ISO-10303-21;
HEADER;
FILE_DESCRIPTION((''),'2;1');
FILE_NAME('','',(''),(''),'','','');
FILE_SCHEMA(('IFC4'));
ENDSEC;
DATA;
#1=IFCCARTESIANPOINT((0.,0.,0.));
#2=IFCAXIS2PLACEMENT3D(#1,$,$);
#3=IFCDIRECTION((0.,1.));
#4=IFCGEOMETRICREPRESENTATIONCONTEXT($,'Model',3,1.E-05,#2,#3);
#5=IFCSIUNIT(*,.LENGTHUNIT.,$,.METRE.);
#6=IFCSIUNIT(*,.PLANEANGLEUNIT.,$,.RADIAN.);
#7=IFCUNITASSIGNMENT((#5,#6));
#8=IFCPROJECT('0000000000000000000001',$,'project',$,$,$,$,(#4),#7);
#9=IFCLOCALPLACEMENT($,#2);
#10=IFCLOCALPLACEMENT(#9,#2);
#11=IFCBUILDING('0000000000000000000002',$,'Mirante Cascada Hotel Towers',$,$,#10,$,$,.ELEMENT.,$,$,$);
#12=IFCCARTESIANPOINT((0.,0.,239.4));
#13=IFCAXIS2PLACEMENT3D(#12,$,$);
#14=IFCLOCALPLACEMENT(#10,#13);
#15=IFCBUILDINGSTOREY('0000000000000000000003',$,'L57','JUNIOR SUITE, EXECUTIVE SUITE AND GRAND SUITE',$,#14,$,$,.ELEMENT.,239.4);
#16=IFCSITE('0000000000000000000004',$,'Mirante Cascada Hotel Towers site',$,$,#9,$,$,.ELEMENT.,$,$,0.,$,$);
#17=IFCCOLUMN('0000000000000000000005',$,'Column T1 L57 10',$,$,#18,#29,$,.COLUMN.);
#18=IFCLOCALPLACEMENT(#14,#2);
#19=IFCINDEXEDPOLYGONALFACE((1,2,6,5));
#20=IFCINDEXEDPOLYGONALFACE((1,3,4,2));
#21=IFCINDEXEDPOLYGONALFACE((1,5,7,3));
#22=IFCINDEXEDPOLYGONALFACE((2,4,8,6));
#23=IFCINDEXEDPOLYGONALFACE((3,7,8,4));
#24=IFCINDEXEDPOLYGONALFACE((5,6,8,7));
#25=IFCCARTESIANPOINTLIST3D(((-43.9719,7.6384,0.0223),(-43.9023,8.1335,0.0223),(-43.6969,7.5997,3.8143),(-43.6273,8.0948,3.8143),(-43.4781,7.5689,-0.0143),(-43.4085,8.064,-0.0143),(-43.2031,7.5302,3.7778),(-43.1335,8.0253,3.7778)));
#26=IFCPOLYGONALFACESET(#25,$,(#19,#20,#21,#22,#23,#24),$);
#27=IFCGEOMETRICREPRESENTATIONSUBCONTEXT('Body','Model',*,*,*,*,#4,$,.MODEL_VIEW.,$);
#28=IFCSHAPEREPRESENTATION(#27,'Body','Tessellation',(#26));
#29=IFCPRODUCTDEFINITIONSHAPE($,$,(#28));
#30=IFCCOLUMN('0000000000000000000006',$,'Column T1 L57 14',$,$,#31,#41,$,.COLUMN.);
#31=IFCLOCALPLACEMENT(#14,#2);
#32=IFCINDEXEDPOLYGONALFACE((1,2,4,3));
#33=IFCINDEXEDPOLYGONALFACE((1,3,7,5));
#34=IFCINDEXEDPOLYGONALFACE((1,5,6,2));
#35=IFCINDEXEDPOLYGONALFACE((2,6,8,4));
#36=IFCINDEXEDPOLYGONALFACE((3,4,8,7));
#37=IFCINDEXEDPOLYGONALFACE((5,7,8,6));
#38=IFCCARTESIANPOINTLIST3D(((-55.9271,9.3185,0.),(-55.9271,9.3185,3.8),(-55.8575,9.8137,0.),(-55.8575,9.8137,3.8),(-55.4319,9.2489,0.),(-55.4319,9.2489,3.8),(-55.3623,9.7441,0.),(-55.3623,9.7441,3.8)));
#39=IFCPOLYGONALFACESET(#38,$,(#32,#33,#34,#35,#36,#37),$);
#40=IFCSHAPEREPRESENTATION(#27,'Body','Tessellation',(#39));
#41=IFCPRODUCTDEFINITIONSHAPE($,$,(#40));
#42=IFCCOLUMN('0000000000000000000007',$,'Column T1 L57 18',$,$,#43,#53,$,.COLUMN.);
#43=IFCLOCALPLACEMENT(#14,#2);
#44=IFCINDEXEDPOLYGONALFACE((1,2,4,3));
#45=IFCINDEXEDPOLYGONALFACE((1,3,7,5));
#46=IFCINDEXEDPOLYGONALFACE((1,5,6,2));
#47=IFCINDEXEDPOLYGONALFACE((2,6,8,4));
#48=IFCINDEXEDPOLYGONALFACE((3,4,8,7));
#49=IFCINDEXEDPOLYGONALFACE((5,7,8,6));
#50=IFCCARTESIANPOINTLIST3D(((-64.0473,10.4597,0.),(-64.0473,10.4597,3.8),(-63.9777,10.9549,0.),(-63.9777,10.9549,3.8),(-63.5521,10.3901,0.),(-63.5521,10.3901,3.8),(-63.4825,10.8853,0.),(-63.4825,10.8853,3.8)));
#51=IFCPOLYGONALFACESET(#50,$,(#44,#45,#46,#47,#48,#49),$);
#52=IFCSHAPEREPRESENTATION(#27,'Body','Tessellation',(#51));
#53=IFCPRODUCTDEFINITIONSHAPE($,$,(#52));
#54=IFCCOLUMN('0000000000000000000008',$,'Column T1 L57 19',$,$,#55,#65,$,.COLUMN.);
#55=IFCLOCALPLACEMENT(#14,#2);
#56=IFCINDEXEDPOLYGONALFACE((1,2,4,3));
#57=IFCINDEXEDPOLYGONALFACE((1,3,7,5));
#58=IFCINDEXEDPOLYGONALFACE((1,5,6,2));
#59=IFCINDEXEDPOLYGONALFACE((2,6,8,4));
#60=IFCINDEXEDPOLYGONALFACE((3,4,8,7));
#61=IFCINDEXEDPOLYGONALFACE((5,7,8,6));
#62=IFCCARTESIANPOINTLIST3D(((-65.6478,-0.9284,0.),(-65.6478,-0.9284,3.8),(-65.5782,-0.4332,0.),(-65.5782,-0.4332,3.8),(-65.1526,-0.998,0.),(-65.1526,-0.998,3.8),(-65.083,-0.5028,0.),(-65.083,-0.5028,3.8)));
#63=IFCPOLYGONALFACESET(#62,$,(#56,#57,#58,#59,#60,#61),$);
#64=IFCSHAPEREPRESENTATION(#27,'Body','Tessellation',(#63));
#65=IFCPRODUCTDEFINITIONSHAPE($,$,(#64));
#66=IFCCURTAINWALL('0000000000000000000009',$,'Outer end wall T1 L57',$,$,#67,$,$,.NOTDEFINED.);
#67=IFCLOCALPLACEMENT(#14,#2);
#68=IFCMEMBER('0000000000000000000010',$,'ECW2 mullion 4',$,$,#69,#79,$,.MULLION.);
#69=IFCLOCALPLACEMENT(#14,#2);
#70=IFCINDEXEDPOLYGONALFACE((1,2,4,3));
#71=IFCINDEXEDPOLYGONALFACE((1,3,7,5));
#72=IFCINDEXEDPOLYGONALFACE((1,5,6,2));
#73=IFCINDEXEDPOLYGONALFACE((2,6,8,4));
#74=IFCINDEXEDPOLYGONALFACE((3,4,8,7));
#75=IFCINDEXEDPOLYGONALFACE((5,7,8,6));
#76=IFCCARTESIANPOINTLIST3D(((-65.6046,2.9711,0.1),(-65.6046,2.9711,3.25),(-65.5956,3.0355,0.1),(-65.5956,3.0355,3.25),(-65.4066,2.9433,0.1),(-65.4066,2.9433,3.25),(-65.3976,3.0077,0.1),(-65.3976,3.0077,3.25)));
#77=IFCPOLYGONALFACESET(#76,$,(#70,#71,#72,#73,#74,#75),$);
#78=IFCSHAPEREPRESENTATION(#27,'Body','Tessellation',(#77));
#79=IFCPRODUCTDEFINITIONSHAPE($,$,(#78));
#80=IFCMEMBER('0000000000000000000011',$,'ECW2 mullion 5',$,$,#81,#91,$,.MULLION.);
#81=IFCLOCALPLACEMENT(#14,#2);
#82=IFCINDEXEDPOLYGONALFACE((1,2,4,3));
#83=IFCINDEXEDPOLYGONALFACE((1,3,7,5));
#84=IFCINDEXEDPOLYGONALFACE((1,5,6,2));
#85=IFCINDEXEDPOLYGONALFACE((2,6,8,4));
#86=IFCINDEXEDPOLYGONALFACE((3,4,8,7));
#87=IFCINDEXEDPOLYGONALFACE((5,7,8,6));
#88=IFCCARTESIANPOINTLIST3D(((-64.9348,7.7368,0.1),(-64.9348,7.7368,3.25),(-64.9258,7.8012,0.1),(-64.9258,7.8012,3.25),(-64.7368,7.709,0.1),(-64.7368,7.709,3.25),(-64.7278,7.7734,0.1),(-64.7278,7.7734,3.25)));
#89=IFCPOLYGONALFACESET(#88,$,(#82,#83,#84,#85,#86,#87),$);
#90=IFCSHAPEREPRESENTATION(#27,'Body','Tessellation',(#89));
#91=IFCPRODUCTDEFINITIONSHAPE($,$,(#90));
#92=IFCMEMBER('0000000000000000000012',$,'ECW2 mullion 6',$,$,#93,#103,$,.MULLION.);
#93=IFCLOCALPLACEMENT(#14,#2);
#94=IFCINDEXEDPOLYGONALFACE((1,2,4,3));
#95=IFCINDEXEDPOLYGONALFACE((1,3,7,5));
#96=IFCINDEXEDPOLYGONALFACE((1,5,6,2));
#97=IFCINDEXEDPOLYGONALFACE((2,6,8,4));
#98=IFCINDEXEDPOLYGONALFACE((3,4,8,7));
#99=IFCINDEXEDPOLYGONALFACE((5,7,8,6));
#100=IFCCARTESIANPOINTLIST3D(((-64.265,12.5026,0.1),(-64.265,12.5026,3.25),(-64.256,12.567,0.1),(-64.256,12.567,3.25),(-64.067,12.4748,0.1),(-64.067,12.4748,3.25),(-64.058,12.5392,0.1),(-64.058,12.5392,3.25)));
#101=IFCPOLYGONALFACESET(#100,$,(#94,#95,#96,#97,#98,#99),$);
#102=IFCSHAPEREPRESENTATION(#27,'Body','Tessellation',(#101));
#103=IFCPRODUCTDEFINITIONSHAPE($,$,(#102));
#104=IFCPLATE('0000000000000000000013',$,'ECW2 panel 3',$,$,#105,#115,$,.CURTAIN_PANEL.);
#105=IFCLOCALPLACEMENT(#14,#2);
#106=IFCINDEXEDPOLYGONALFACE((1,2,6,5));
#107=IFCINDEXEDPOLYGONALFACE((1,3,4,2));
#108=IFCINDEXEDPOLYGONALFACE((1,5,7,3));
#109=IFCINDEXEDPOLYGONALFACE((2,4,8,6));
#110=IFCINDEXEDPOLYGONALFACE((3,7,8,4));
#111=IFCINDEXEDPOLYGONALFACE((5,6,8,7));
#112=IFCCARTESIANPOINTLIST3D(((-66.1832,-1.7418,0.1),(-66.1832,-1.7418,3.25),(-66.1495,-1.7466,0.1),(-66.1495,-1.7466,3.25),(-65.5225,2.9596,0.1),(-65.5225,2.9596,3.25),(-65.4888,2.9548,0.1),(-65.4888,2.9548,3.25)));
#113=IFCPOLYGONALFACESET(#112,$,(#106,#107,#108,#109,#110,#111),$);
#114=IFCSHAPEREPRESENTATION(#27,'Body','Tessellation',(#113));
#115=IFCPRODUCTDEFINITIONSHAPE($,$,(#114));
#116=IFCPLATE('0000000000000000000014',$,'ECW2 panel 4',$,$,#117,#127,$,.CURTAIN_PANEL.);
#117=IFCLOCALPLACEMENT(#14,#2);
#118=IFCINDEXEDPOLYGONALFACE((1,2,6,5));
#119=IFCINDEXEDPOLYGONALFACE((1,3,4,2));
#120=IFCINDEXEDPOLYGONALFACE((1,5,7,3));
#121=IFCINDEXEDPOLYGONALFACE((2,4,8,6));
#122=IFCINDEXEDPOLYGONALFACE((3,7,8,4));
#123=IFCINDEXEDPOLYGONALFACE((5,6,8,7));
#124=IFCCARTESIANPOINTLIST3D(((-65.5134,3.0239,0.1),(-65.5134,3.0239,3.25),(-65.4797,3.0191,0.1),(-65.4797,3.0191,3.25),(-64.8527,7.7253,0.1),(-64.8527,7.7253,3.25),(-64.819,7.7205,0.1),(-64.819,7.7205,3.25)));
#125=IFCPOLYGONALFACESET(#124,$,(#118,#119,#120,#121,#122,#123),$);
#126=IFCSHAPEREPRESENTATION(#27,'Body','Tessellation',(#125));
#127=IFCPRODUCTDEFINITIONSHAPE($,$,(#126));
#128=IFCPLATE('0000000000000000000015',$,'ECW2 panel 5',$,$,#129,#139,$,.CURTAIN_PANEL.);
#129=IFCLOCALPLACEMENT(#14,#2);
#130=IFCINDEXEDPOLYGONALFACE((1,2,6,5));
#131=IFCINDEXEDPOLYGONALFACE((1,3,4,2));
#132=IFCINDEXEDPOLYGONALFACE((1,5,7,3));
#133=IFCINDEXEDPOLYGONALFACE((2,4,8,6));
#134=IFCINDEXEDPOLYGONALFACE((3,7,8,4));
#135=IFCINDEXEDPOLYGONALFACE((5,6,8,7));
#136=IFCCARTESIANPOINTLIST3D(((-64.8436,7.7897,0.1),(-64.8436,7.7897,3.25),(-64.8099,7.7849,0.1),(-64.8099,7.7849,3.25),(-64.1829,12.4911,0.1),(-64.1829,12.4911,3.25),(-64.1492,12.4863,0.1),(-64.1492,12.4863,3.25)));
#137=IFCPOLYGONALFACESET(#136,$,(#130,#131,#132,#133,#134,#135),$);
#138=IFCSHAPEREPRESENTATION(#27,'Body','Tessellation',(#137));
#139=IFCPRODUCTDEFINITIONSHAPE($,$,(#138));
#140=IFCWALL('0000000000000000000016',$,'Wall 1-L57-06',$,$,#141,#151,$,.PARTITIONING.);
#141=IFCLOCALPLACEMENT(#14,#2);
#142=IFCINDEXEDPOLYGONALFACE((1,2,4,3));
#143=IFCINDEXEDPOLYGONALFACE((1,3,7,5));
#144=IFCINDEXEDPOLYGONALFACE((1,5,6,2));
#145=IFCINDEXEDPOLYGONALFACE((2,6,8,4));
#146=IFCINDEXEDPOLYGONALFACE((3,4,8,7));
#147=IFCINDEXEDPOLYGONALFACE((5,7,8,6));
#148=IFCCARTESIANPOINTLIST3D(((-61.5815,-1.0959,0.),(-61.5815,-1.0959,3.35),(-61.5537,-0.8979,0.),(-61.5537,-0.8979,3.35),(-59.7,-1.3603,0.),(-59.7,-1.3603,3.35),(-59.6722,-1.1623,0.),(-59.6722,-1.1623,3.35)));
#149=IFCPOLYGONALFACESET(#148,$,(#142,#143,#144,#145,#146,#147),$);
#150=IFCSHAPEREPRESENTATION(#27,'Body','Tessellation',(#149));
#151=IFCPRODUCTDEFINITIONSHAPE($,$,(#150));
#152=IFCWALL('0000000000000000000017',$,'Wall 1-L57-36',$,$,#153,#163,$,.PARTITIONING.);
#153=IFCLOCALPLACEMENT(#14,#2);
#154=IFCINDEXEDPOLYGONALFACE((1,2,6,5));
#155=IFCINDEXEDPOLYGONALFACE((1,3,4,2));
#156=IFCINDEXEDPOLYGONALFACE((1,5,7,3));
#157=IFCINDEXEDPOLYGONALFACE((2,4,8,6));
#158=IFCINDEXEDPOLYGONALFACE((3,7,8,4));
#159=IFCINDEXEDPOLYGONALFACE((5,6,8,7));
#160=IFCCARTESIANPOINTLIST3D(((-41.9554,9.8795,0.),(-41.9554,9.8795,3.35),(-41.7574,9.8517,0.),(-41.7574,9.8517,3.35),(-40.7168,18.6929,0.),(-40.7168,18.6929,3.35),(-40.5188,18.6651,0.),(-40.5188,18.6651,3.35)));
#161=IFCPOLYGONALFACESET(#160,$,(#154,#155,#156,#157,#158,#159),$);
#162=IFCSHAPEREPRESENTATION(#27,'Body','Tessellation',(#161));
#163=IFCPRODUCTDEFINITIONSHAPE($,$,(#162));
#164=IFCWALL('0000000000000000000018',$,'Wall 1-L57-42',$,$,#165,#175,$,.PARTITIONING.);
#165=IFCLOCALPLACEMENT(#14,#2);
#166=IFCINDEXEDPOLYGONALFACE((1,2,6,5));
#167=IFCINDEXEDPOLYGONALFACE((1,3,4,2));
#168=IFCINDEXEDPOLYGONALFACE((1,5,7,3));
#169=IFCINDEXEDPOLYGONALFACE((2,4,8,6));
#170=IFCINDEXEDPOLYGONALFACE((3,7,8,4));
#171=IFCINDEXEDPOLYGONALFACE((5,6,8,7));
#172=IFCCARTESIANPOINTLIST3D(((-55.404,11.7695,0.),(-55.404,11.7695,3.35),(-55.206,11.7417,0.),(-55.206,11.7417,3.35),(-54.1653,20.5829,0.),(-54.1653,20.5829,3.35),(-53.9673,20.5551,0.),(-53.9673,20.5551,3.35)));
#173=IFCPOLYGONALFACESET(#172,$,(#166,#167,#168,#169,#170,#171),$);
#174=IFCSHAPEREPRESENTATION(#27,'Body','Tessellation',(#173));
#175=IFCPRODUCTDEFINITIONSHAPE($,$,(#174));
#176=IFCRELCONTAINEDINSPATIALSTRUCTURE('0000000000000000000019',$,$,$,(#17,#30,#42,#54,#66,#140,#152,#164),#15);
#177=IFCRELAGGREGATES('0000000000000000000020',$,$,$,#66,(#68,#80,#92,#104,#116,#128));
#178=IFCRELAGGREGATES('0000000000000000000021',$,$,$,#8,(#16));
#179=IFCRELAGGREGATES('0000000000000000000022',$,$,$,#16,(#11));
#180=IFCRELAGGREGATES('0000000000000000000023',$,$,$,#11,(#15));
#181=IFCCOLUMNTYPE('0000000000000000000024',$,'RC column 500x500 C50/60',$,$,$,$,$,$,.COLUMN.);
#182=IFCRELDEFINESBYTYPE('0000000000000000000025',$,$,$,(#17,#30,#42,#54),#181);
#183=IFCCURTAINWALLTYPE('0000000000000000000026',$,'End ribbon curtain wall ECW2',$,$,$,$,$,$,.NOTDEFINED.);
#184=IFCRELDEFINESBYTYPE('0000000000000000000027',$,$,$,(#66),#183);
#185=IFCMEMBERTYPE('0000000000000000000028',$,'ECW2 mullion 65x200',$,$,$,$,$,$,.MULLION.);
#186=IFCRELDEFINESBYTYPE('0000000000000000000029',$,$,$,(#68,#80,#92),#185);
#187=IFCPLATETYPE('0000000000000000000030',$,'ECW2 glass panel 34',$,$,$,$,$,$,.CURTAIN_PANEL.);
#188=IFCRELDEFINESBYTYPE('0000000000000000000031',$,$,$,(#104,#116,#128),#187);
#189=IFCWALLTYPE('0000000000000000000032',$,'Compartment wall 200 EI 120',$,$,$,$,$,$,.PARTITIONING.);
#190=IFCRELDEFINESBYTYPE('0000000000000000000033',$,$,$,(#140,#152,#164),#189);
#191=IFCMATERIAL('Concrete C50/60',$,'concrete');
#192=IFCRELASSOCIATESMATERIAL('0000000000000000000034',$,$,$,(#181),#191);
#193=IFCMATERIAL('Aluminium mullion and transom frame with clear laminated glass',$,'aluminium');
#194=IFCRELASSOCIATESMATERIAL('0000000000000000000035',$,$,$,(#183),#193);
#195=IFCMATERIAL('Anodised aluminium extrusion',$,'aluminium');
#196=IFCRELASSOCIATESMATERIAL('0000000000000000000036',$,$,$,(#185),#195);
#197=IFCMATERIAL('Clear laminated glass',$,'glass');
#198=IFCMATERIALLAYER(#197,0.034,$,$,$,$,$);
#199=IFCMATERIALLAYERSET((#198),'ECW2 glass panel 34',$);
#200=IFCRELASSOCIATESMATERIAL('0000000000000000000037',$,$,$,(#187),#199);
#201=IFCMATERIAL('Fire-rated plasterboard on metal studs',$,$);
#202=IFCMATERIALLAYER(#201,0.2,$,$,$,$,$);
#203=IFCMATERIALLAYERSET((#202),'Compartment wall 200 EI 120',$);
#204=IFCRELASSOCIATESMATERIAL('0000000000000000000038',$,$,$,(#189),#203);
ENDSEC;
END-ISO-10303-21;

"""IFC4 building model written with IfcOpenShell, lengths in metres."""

from ifc_helpers import new_model, si_unit, direction, frame, frame_2d, origin, origin_2d, place, context, subcontext, project, spatial, rectangle, extrude, material, layer, layer_set, material_profile, profile_set, type_object, element, aggregate, save


model = new_model("IFC4")

# Units and contexts
model_context = context("Model", 3, precision=1e-05, world=origin(), true_north=direction((0.0, 1.0)))
body_context = subcontext(model_context, "Body", "Model", "MODEL_VIEW")
ifc_project = project(units=[si_unit("LENGTHUNIT", "METRE"), si_unit("PLANEANGLEUNIT", "RADIAN")], contexts=[model_context])

# Site, building, storey
site_placement = place(None, origin())
site = spatial("IfcSite", under=ifc_project, at=site_placement, Name="Mirante Cascada Hotel Towers site", CompositionType="ELEMENT", RefElevation=0.0)
building_placement = place(site_placement, origin())
building = spatial("IfcBuilding", under=site, at=building_placement, Name="Mirante Cascada Hotel Towers", CompositionType="ELEMENT")
storey_placement = place(building_placement, frame((0.0, 0.0, 239.4)))
storey = spatial("IfcBuildingStorey", under=building, at=storey_placement, Name="L57", Description="JUNIOR SUITE, EXECUTIVE SUITE AND GRAND SUITE", CompositionType="ELEMENT", Elevation=239.4)

# Columns
ifc_material_1 = material(Name="Concrete C50/60", Category="concrete")
ifc_material_profile_1 = material_profile(ifc_material_1, rectangle(XDim=0.5, YDim=0.5, at=origin_2d()), Name="RC column 500x500 C50/60")
ifc_profile_set_1 = profile_set([ifc_material_profile_1], Name="Concrete C50/60")
column_type = type_object("IfcColumnType", Name="RC column 500x500 C50/60", PredefinedType="COLUMN", material=ifc_profile_set_1)
column_placement = place(storey_placement, frame((-43.6902, 7.8512, 0.004), z_axis=(0.072327, -0.010178, 0.997329), x_axis=(0.139354, 0.990243, 0.0)))
element("IfcColumn", 1, at=column_placement, inside=storey, type_object=column_type, Name="Column T1 L57 10", PredefinedType="COLUMN", context=body_context, shape_type="SweptSolid", body=[
    extrude(rectangle(XDim=0.5, YDim=0.5, at=origin_2d()), origin(), (0.0, 0.0, 1.0), 3.8022),
])
for number, where, z_axis, x_axis, name in (
    (2, (-55.6447, 9.5313, 0.0), (0.0, 0.0, 1.0), (-0.990268, 0.139173, 0.0), "Column T1 L57 14"),
    (3, (-63.7649, 10.6725, 0.0), (0.0, 0.0, 1.0), (-0.990268, 0.139173, 0.0), "Column T1 L57 18"),
    (4, (-65.3654, -0.7156, 0.0), (0.0, 0.0, 1.0), (-0.990268, 0.139173, 0.0), "Column T1 L57 19"),
):
    element("IfcColumn", number, at=place(storey_placement, frame(where, z_axis=z_axis, x_axis=x_axis)), inside=storey, type_object=column_type, Name=name, PredefinedType="COLUMN", context=body_context, shape_type="SweptSolid", body=[
        extrude(rectangle(XDim=0.5, YDim=0.5, at=origin_2d()), origin(), (0.0, 0.0, 1.0), 3.8),
    ])

# Curtain wall, members, plates
ifc_material_2 = material(Name="Aluminium mullion and transom frame with clear laminated glass", Category="aluminium")
curtain_wall_type = type_object("IfcCurtainWallType", Name="End ribbon curtain wall ECW2", PredefinedType="NOTDEFINED", material=ifc_material_2)
curtain_wall_placement = place(storey_placement, origin())
curtain_wall = element("IfcCurtainWall", 5, at=curtain_wall_placement, inside=storey, type_object=curtain_wall_type, Name="Outer end wall T1 L57", PredefinedType="NOTDEFINED")
ifc_material_3 = material(Name="Anodised aluminium extrusion", Category="aluminium")
ifc_material_profile_2 = material_profile(ifc_material_3, rectangle(XDim=0.2, YDim=0.065, at=origin_2d()), Name="ECW2 MULLION 65x200")
ifc_profile_set_2 = profile_set([ifc_material_profile_2], Name="Anodised aluminium extrusion")
member_type = type_object("IfcMemberType", Name="ECW2 mullion 65x200", PredefinedType="MULLION", material=ifc_profile_set_2)
member_1_placement = place(storey_placement, frame((-65.5011, 2.9894, 0.1), z_axis=(0.0, 0.0, 1.0), x_axis=(-0.990268, 0.139173, 0.0)))
member_1 = element("IfcMember", 6, at=member_1_placement, type_object=member_type, Name="ECW2 mullion 4", PredefinedType="MULLION", context=body_context, shape_type="SweptSolid", body=[
    extrude(rectangle(XDim=0.2, YDim=0.065, at=origin_2d()), origin(), (0.0, 0.0, 1.0), 3.15),
])
member_2_placement = place(storey_placement, frame((-64.8313, 7.7551, 0.1), z_axis=(0.0, 0.0, 1.0), x_axis=(-0.990268, 0.139173, 0.0)))
member_2 = element("IfcMember", 7, at=member_2_placement, type_object=member_type, Name="ECW2 mullion 5", PredefinedType="MULLION", context=body_context, shape_type="SweptSolid", body=[
    extrude(rectangle(XDim=0.2, YDim=0.065, at=origin_2d()), origin(), (0.0, 0.0, 1.0), 3.15),
])
member_3_placement = place(storey_placement, frame((-64.1615, 12.5209, 0.1), z_axis=(0.0, 0.0, 1.0), x_axis=(-0.990268, 0.139173, 0.0)))
member_3 = element("IfcMember", 8, at=member_3_placement, type_object=member_type, Name="ECW2 mullion 6", PredefinedType="MULLION", context=body_context, shape_type="SweptSolid", body=[
    extrude(rectangle(XDim=0.2, YDim=0.065, at=origin_2d()), origin(), (0.0, 0.0, 1.0), 3.15),
])
ifc_material_4 = material(Name="Clear laminated glass", Category="glass")
ifc_layer_1 = layer(ifc_material_4, 0.034)
ifc_layer_set_1 = layer_set([ifc_layer_1], Name="ECW2 glass panel 34")
plate_type = type_object("IfcPlateType", Name="ECW2 glass panel 34", PredefinedType="CURTAIN_PANEL", material=ifc_layer_set_1)
plate_1_placement = place(storey_placement, frame((-65.836, 0.6065, 0.1), z_axis=(0.0, 0.0, 1.0), x_axis=(0.139173, 0.990268, 0.0)))
plate_1 = element("IfcPlate", 9, at=plate_1_placement, type_object=plate_type, Name="ECW2 panel 3", PredefinedType="CURTAIN_PANEL", context=body_context, shape_type="SweptSolid", body=[
    extrude(rectangle(XDim=4.7476, YDim=0.034, at=origin_2d()), origin(), (0.0, 0.0, 1.0), 3.15),
])
plate_2_placement = place(storey_placement, frame((-65.1662, 5.3722, 0.1), z_axis=(0.0, 0.0, 1.0), x_axis=(0.139173, 0.990268, 0.0)))
plate_2 = element("IfcPlate", 10, at=plate_2_placement, type_object=plate_type, Name="ECW2 panel 4", PredefinedType="CURTAIN_PANEL", context=body_context, shape_type="SweptSolid", body=[
    extrude(rectangle(XDim=4.7476, YDim=0.034, at=origin_2d()), origin(), (0.0, 0.0, 1.0), 3.15),
])
plate_3_placement = place(storey_placement, frame((-64.4964, 10.138, 0.1), z_axis=(0.0, 0.0, 1.0), x_axis=(0.139173, 0.990268, 0.0)))
plate_3 = element("IfcPlate", 11, at=plate_3_placement, type_object=plate_type, Name="ECW2 panel 5", PredefinedType="CURTAIN_PANEL", context=body_context, shape_type="SweptSolid", body=[
    extrude(rectangle(XDim=4.7476, YDim=0.034, at=origin_2d()), origin(), (0.0, 0.0, 1.0), 3.15),
])
aggregate(curtain_wall, [member_1, member_2, member_3, plate_1, plate_2, plate_3])

# Walls
ifc_material_5 = material(Name="Fire-rated plasterboard on metal studs")
ifc_layer_2 = layer(ifc_material_5, 0.2)
ifc_layer_set_2 = layer_set([ifc_layer_2], Name="Compartment wall 200 EI 120")
wall_type_1 = type_object("IfcWallType", Name="Compartment wall 200 EI 120", PredefinedType="PARTITIONING", material=ifc_layer_set_2)
wall_1_placement = place(storey_placement, frame((-59.6861, -1.2613, 0.0), z_axis=(0.0, 0.0, 1.0), x_axis=(-0.99027, 0.139159, 0.0)))
element("IfcWall", 12, at=wall_1_placement, inside=storey, type_object=wall_type_1, Name="Wall 1-L57-06", PredefinedType="PARTITIONING", context=body_context, shape_type="SweptSolid", body=[
    extrude(rectangle(XDim=1.9, YDim=0.2, at=frame_2d((0.95, 0.0))), origin(), (0.0, 0.0, 1.0), 3.35),
])
for number, where, z_axis, x_axis, name in (
    (13, (-41.8564, 9.8656, 0.0), (0.0, 0.0, 1.0), (0.139168, 0.990269, 0.0), "Wall 1-L57-36"),
    (14, (-55.305, 11.7556, 0.0), (0.0, 0.0, 1.0), (0.139179, 0.990267, 0.0), "Wall 1-L57-42"),
):
    element("IfcWall", number, at=place(storey_placement, frame(where, z_axis=z_axis, x_axis=x_axis)), inside=storey, type_object=wall_type_1, Name=name, PredefinedType="PARTITIONING", context=body_context, shape_type="SweptSolid", body=[
        extrude(rectangle(XDim=8.9, YDim=0.2, at=frame_2d((4.45, 0.0))), origin(), (0.0, 0.0, 1.0), 3.35),
    ])

save(model, "model.ifc")
